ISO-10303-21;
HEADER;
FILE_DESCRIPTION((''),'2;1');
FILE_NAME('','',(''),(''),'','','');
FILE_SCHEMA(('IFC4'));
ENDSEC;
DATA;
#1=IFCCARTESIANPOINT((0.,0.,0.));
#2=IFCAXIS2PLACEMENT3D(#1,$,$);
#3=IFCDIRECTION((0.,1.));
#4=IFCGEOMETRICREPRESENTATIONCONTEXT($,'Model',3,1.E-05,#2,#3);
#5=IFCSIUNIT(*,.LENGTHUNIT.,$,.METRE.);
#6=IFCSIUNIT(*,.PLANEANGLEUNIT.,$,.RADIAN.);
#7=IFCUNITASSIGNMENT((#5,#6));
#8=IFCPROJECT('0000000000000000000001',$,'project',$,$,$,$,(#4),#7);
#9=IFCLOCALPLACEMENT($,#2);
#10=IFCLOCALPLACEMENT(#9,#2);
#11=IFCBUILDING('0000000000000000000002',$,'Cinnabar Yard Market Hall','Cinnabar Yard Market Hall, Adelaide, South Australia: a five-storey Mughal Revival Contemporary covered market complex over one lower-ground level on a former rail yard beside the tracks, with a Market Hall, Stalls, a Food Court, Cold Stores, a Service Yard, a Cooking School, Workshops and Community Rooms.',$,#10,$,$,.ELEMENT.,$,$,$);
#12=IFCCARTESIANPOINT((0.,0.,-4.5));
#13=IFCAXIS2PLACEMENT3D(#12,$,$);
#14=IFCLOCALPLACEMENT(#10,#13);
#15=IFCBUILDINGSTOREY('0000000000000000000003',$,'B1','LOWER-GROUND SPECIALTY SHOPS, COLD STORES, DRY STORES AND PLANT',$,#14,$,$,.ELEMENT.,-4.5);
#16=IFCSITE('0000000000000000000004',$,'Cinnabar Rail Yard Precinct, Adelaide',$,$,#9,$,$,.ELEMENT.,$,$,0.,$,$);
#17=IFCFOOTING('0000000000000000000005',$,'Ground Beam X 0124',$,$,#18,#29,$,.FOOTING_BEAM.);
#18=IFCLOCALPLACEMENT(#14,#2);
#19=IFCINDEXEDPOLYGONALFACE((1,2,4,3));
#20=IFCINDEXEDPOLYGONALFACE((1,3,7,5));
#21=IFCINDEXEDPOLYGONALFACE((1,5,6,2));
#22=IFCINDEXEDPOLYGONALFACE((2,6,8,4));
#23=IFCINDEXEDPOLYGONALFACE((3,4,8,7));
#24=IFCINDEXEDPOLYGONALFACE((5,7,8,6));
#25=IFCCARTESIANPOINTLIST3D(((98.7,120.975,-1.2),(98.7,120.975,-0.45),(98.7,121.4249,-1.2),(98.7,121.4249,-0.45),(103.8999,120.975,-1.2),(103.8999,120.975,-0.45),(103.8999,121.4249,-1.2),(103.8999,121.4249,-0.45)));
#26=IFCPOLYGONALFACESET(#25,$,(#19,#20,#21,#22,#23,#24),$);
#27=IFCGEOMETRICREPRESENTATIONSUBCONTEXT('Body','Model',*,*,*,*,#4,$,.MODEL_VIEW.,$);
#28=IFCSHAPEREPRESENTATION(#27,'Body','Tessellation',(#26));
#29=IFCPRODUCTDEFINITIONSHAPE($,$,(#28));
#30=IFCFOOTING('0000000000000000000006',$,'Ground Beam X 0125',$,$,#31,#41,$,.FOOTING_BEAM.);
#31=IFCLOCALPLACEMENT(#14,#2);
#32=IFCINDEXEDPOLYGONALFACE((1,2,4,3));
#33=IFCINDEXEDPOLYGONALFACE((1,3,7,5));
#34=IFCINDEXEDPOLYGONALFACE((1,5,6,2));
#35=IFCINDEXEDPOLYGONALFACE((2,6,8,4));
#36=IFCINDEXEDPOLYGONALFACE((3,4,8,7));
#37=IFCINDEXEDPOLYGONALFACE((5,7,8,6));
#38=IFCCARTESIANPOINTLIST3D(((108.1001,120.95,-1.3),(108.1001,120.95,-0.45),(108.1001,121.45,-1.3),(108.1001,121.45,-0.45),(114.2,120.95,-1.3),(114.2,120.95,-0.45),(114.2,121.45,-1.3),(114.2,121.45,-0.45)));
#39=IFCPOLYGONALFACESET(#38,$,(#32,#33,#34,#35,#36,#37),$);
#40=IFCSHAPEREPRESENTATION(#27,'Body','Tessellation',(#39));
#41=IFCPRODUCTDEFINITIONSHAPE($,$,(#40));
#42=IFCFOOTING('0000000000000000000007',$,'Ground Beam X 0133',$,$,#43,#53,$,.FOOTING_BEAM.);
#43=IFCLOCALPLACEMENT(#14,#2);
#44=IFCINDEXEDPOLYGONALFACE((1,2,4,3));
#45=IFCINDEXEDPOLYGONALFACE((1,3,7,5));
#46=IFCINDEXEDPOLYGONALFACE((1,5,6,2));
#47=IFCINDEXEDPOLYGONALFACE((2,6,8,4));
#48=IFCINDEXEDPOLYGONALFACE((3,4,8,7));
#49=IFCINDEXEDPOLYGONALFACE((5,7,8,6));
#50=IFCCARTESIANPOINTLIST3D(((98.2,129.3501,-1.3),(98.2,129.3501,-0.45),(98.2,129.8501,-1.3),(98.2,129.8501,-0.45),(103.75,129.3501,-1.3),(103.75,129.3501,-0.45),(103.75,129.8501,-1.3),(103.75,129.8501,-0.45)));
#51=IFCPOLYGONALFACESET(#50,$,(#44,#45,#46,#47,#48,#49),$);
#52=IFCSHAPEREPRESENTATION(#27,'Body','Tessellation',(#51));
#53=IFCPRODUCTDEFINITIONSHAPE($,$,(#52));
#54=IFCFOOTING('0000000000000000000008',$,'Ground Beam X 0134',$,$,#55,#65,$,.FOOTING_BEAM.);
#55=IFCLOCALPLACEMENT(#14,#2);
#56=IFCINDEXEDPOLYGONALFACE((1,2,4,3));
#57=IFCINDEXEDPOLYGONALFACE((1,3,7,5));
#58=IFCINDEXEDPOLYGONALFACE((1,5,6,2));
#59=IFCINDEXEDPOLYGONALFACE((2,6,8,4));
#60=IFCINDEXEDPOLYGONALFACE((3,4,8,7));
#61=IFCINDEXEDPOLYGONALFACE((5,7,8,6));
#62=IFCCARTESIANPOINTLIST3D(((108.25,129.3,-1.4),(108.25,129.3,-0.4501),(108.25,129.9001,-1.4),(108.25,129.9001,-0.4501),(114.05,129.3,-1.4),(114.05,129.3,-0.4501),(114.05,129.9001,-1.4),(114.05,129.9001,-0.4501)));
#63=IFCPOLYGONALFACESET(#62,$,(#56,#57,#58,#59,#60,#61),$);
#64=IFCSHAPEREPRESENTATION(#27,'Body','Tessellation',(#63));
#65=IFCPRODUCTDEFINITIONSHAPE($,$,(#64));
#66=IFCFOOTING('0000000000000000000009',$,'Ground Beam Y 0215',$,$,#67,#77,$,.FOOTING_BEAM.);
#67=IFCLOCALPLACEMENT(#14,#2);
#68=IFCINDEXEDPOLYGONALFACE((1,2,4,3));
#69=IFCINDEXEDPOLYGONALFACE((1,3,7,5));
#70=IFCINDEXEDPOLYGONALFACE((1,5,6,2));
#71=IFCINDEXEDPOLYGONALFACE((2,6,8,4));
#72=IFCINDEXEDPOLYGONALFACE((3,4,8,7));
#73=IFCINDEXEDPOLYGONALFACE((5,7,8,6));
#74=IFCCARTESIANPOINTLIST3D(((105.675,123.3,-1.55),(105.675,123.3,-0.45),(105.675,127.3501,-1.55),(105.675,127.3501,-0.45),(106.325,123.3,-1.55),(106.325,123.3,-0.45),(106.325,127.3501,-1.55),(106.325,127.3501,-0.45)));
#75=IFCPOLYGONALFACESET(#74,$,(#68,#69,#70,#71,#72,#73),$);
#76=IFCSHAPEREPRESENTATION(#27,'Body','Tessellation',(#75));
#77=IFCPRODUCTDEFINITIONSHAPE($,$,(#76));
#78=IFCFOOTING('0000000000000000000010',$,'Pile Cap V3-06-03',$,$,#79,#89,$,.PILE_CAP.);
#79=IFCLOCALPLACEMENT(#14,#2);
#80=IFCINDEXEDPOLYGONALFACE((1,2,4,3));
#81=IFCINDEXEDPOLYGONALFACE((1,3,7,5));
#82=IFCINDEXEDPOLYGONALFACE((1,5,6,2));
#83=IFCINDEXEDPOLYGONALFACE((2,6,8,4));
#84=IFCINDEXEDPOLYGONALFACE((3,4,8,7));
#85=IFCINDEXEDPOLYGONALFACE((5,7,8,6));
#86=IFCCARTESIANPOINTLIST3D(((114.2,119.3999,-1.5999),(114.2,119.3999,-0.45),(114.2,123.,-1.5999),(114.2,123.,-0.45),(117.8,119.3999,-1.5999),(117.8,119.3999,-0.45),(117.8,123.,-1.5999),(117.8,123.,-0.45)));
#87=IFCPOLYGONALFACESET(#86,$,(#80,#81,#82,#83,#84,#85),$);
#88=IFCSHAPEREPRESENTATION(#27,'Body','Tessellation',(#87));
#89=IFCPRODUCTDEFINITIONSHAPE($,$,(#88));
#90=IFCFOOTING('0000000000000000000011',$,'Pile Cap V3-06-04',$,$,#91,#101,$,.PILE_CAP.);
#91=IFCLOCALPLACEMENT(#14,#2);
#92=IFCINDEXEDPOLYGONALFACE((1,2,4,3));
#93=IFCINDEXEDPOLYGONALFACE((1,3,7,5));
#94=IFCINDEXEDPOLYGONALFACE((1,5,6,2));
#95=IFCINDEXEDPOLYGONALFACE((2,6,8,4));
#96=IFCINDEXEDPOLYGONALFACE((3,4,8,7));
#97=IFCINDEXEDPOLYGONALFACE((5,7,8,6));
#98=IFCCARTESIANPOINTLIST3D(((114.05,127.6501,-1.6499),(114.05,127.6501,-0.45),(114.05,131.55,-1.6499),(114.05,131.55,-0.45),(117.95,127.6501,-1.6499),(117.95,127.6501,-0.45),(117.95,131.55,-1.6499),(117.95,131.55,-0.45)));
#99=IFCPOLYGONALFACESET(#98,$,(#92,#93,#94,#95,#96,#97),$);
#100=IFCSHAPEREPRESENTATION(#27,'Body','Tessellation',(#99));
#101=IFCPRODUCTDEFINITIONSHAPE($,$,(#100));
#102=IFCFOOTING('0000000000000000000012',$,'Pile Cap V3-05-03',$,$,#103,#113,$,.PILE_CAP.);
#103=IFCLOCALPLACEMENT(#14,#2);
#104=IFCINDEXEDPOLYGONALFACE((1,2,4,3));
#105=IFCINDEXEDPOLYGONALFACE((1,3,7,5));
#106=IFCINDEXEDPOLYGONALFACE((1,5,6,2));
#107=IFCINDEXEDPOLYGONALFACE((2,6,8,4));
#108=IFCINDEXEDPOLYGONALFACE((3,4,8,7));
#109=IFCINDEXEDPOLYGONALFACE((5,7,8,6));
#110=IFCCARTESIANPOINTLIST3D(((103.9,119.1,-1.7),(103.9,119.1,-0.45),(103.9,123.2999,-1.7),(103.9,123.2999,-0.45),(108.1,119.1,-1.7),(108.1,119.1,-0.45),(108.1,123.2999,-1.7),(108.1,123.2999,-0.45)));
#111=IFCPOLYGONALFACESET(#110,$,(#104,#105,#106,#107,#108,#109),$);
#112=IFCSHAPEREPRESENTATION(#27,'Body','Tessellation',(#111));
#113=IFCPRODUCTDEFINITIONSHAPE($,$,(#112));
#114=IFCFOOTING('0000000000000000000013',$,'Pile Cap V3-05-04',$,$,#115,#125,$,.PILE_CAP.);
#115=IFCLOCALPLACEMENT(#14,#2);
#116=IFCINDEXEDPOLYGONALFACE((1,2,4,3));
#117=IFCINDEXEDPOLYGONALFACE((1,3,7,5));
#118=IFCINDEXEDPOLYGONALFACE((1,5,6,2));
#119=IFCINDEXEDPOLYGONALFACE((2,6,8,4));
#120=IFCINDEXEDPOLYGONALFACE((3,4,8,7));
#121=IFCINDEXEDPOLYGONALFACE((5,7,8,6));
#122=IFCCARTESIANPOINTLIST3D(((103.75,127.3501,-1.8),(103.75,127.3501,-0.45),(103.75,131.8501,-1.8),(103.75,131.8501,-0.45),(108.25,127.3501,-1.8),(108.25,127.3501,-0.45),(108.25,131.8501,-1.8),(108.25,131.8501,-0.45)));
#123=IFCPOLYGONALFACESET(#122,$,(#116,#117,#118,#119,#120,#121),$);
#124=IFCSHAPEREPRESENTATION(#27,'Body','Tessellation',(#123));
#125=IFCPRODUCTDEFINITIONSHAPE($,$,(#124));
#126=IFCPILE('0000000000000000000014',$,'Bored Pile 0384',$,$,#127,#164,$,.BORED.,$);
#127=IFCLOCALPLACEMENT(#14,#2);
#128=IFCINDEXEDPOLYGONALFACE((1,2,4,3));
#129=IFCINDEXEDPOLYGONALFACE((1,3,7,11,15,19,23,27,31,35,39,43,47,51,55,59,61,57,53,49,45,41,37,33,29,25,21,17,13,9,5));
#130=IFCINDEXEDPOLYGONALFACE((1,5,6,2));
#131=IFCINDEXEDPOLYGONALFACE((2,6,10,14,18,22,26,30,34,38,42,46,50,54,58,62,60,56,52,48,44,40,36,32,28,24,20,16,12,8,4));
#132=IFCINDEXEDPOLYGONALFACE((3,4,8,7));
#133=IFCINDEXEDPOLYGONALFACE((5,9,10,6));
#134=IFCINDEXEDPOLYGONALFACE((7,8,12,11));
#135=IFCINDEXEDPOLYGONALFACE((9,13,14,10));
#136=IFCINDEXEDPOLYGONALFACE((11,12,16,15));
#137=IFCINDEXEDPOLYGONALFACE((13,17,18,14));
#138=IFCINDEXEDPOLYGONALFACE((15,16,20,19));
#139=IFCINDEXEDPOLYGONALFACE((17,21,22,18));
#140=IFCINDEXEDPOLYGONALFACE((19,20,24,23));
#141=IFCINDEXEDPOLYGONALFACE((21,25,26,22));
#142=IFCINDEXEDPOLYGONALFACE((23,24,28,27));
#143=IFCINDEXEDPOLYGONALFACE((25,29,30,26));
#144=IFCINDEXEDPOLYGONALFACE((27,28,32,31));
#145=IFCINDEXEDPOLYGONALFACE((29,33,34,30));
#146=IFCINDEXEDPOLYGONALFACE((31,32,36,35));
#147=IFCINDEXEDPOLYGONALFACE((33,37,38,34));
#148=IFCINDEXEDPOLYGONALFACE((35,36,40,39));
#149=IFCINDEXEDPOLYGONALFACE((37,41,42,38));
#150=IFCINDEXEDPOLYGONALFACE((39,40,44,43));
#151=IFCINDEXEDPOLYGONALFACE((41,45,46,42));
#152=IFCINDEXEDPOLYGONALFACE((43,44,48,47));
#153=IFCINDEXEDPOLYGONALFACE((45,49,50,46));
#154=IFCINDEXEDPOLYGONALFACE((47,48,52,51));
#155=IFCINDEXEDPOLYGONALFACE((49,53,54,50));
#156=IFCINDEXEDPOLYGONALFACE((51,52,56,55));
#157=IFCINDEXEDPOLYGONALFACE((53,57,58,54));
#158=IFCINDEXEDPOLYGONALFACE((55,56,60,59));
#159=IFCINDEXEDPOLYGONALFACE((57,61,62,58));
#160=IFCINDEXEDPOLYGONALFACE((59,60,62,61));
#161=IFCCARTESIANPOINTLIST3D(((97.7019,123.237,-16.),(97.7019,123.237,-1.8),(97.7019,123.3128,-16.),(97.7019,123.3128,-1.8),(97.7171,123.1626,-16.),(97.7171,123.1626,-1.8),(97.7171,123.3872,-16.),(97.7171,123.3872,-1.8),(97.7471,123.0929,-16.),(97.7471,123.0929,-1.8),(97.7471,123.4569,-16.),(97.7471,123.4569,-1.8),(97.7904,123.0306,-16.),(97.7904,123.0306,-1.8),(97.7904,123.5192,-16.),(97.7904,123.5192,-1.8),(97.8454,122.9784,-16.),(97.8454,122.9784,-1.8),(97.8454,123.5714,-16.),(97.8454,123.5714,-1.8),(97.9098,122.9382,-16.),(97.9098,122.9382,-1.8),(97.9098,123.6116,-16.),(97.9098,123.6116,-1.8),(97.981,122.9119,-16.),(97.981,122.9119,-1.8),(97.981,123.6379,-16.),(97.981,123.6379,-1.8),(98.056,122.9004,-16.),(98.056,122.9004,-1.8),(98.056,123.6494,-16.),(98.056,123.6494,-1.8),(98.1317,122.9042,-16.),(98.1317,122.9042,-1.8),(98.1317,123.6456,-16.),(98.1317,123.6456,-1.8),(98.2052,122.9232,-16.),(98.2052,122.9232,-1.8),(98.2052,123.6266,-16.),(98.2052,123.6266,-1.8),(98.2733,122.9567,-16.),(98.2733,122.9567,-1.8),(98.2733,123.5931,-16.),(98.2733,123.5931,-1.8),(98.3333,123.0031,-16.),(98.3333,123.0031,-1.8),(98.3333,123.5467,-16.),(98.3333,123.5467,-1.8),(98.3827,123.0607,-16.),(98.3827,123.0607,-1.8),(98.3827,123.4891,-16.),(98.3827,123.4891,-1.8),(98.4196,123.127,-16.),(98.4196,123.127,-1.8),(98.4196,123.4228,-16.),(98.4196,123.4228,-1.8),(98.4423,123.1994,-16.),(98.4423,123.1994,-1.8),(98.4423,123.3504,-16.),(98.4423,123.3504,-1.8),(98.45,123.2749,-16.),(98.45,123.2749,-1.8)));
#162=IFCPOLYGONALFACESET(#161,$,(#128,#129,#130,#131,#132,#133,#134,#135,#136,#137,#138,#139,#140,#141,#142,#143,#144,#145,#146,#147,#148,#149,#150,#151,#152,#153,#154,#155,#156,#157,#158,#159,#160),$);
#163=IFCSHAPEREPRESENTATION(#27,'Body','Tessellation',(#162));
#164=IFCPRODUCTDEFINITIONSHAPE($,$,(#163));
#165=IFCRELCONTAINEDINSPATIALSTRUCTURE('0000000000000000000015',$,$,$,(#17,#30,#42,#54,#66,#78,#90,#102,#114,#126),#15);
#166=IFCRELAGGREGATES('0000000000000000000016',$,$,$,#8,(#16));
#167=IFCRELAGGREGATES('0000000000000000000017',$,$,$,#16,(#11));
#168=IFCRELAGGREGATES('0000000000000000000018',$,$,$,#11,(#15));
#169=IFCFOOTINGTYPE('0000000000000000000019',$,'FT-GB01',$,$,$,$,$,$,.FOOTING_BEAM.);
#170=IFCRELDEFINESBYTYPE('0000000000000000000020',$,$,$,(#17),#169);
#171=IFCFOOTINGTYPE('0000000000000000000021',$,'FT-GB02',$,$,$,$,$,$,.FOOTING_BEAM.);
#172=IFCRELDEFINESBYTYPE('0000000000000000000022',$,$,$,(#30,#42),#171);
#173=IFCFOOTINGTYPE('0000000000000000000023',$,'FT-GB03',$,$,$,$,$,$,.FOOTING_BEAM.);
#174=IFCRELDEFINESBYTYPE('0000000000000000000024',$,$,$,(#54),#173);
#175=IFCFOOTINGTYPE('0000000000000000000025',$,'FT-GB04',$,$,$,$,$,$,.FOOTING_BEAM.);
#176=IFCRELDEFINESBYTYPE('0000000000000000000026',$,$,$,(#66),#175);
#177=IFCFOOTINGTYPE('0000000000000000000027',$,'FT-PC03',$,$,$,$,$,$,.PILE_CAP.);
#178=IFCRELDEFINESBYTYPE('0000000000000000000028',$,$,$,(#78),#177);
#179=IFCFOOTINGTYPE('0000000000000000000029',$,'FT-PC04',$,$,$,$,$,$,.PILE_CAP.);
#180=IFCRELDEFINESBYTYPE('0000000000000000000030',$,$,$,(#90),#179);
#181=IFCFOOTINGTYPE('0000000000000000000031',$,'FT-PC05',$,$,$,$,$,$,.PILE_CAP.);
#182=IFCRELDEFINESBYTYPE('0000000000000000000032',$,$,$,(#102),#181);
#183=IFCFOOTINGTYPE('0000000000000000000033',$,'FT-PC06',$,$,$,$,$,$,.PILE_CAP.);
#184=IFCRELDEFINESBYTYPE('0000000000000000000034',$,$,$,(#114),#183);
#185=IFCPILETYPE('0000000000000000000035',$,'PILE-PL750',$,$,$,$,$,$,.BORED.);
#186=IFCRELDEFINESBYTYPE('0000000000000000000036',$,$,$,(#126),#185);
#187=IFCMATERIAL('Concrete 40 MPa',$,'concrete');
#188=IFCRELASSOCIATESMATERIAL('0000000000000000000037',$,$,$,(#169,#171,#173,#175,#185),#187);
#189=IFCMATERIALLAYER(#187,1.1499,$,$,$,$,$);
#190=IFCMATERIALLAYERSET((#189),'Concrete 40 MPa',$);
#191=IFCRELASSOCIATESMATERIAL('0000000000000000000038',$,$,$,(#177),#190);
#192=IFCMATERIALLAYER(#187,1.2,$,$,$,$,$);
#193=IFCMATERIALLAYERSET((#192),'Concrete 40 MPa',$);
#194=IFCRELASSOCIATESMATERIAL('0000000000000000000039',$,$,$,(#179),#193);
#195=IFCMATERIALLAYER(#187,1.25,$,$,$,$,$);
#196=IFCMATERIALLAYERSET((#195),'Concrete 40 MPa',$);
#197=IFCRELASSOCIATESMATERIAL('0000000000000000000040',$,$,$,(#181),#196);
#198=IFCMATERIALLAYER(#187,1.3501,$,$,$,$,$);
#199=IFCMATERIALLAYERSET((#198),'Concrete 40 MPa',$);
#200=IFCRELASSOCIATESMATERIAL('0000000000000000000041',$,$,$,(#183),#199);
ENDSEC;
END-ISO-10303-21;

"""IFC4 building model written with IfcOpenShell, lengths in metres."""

from ifc_helpers import new_model, si_unit, direction, frame, origin, origin_2d_with_axis, place, context, subcontext, project, spatial, rectangle, circle, extrude, material, layer, layer_set, material_profile, profile_set, type_object, element, save


model = new_model("IFC4")

# Units and contexts
model_context = context("Model", 3, precision=1e-05, world=origin(), true_north=direction((0.0, 1.0)))
body_context = subcontext(model_context, "Body", "Model", "MODEL_VIEW")
ifc_project = project(units=[si_unit("LENGTHUNIT", "METRE"), si_unit("PLANEANGLEUNIT", "RADIAN")], contexts=[model_context])

# Site, building, storey
site_placement = place(None, origin())
site = spatial("IfcSite", under=ifc_project, at=site_placement, Name="Cinnabar Rail Yard Precinct, Adelaide", CompositionType="ELEMENT", RefElevation=0.0)
building_placement = place(site_placement, origin())
building = spatial("IfcBuilding", under=site, at=building_placement, Name="Cinnabar Yard Market Hall", Description="Cinnabar Yard Market Hall, Adelaide, South Australia: a five-storey Mughal Revival Contemporary covered market complex over one lower-ground level on a former rail yard beside the tracks, with a Market Hall, Stalls, a Food Court, Cold Stores, a Service Yard, a Cooking School, Workshops and Community Rooms.", CompositionType="ELEMENT")
storey_placement = place(building_placement, frame((0.0, 0.0, -4.5)))
storey = spatial("IfcBuildingStorey", under=building, at=storey_placement, Name="B1", Description="LOWER-GROUND SPECIALTY SHOPS, COLD STORES, DRY STORES AND PLANT", CompositionType="ELEMENT", Elevation=-4.5)

# Footings
ifc_material_1 = material(Name="Concrete 40 MPa", Category="concrete")
ifc_material_profile_1 = material_profile(ifc_material_1, rectangle(XDim=0.45, YDim=0.75, at=origin_2d_with_axis()), Name="GB-450x750")
ifc_profile_set_1 = profile_set([ifc_material_profile_1], Name="Concrete 40 MPa")
footing_type_1 = type_object("IfcFootingType", Name="FT-GB01", PredefinedType="FOOTING_BEAM", material=ifc_profile_set_1)
footing_1_placement = place(storey_placement, frame((98.7, 121.2, -0.825), z_axis=(1.0, 0.0, 0.0), x_axis=(0.0, 1.0, 0.0)))
element("IfcFooting", 1, at=footing_1_placement, inside=storey, type_object=footing_type_1, Name="Ground Beam X 0124", PredefinedType="FOOTING_BEAM", context=body_context, shape_type="SweptSolid", body=[
    extrude(rectangle(XDim=0.45, YDim=0.75, at=origin_2d_with_axis()), origin(), (0.0, 0.0, 1.0), 5.2),
])
ifc_material_profile_2 = material_profile(ifc_material_1, rectangle(XDim=0.5, YDim=0.8501, at=origin_2d_with_axis()), Name="GB-500x850")
ifc_profile_set_2 = profile_set([ifc_material_profile_2], Name="Concrete 40 MPa")
footing_type_2 = type_object("IfcFootingType", Name="FT-GB02", PredefinedType="FOOTING_BEAM", material=ifc_profile_set_2)
footing_2_placement = place(storey_placement, frame((108.1001, 121.2, -0.875), z_axis=(1.0, 0.0, 0.0), x_axis=(0.0, 1.0, 0.0)))
element("IfcFooting", 2, at=footing_2_placement, inside=storey, type_object=footing_type_2, Name="Ground Beam X 0125", PredefinedType="FOOTING_BEAM", context=body_context, shape_type="SweptSolid", body=[
    extrude(rectangle(XDim=0.5, YDim=0.8501, at=origin_2d_with_axis()), origin(), (0.0, 0.0, 1.0), 6.0999),
])
footing_3_placement = place(storey_placement, frame((98.2, 129.6001, -0.875), z_axis=(1.0, 0.0, 0.0), x_axis=(0.0, 1.0, 0.0)))
element("IfcFooting", 3, at=footing_3_placement, inside=storey, type_object=footing_type_2, Name="Ground Beam X 0133", PredefinedType="FOOTING_BEAM", context=body_context, shape_type="SweptSolid", body=[
    extrude(rectangle(XDim=0.5, YDim=0.8501, at=origin_2d_with_axis()), origin(), (0.0, 0.0, 1.0), 5.55),
])
ifc_material_profile_3 = material_profile(ifc_material_1, rectangle(XDim=0.6001, YDim=0.95, at=origin_2d_with_axis()), Name="GB-600x950")
ifc_profile_set_3 = profile_set([ifc_material_profile_3], Name="Concrete 40 MPa")
footing_type_3 = type_object("IfcFootingType", Name="FT-GB03", PredefinedType="FOOTING_BEAM", material=ifc_profile_set_3)
footing_4_placement = place(storey_placement, frame((108.25, 129.6001, -0.925), z_axis=(1.0, 0.0, 0.0), x_axis=(0.0, 1.0, 0.0)))
element("IfcFooting", 4, at=footing_4_placement, inside=storey, type_object=footing_type_3, Name="Ground Beam X 0134", PredefinedType="FOOTING_BEAM", context=body_context, shape_type="SweptSolid", body=[
    extrude(rectangle(XDim=0.6001, YDim=0.95, at=origin_2d_with_axis()), origin(), (0.0, 0.0, 1.0), 5.8),
])
ifc_material_profile_4 = material_profile(ifc_material_1, rectangle(XDim=0.6499, YDim=1.1001, at=origin_2d_with_axis()), Name="GB-650x1100")
ifc_profile_set_4 = profile_set([ifc_material_profile_4], Name="Concrete 40 MPa")
footing_type_4 = type_object("IfcFootingType", Name="FT-GB04", PredefinedType="FOOTING_BEAM", material=ifc_profile_set_4)
footing_5_placement = place(storey_placement, frame((106.0, 123.3, -1.0), z_axis=(0.0, 1.0, 0.0), x_axis=(-1.0, 0.0, 0.0)))
element("IfcFooting", 5, at=footing_5_placement, inside=storey, type_object=footing_type_4, Name="Ground Beam Y 0215", PredefinedType="FOOTING_BEAM", context=body_context, shape_type="SweptSolid", body=[
    extrude(rectangle(XDim=0.6499, YDim=1.1001, at=origin_2d_with_axis()), origin(), (0.0, 0.0, 1.0), 4.05),
])
ifc_layer_1 = layer(ifc_material_1, 1.1499)
ifc_layer_set_1 = layer_set([ifc_layer_1], Name="Concrete 40 MPa")
footing_type_5 = type_object("IfcFootingType", Name="FT-PC03", PredefinedType="PILE_CAP", material=ifc_layer_set_1)
footing_6_placement = place(storey_placement, frame((116.0, 121.2, -1.5999), z_axis=(0.0, 0.0, 1.0), x_axis=(1.0, 0.0, 0.0)))
element("IfcFooting", 6, at=footing_6_placement, inside=storey, type_object=footing_type_5, Name="Pile Cap V3-06-03", PredefinedType="PILE_CAP", context=body_context, shape_type="SweptSolid", body=[
    extrude(rectangle(XDim=3.6001, YDim=3.6001, at=origin_2d_with_axis()), origin(), (0.0, 0.0, 1.0), 1.1499),
])
ifc_layer_2 = layer(ifc_material_1, 1.2)
ifc_layer_set_2 = layer_set([ifc_layer_2], Name="Concrete 40 MPa")
footing_type_6 = type_object("IfcFootingType", Name="FT-PC04", PredefinedType="PILE_CAP", material=ifc_layer_set_2)
footing_7_placement = place(storey_placement, frame((116.0, 129.6001, -1.6499), z_axis=(0.0, 0.0, 1.0), x_axis=(1.0, 0.0, 0.0)))
element("IfcFooting", 7, at=footing_7_placement, inside=storey, type_object=footing_type_6, Name="Pile Cap V3-06-04", PredefinedType="PILE_CAP", context=body_context, shape_type="SweptSolid", body=[
    extrude(rectangle(XDim=3.8999, YDim=3.8999, at=origin_2d_with_axis()), origin(), (0.0, 0.0, 1.0), 1.2),
])
ifc_layer_3 = layer(ifc_material_1, 1.25)
ifc_layer_set_3 = layer_set([ifc_layer_3], Name="Concrete 40 MPa")
footing_type_7 = type_object("IfcFootingType", Name="FT-PC05", PredefinedType="PILE_CAP", material=ifc_layer_set_3)
footing_8_placement = place(storey_placement, frame((106.0, 121.2, -1.7), z_axis=(0.0, 0.0, 1.0), x_axis=(1.0, 0.0, 0.0)))
element("IfcFooting", 8, at=footing_8_placement, inside=storey, type_object=footing_type_7, Name="Pile Cap V3-05-03", PredefinedType="PILE_CAP", context=body_context, shape_type="SweptSolid", body=[
    extrude(rectangle(XDim=4.2, YDim=4.2, at=origin_2d_with_axis()), origin(), (0.0, 0.0, 1.0), 1.25),
])
ifc_layer_4 = layer(ifc_material_1, 1.3501)
ifc_layer_set_4 = layer_set([ifc_layer_4], Name="Concrete 40 MPa")
footing_type_8 = type_object("IfcFootingType", Name="FT-PC06", PredefinedType="PILE_CAP", material=ifc_layer_set_4)
footing_9_placement = place(storey_placement, frame((106.0, 129.6001, -1.8), z_axis=(0.0, 0.0, 1.0), x_axis=(1.0, 0.0, 0.0)))
element("IfcFooting", 9, at=footing_9_placement, inside=storey, type_object=footing_type_8, Name="Pile Cap V3-05-04", PredefinedType="PILE_CAP", context=body_context, shape_type="SweptSolid", body=[
    extrude(rectangle(XDim=4.5, YDim=4.5, at=origin_2d_with_axis()), origin(), (0.0, 0.0, 1.0), 1.3501),
])

# Pile
ifc_material_profile_5 = material_profile(ifc_material_1, circle(Radius=0.375, at=origin_2d_with_axis()), Name="PILE-D750")
ifc_profile_set_5 = profile_set([ifc_material_profile_5], Name="Concrete 40 MPa")
pile_type_1 = type_object("IfcPileType", Name="PILE-PL750", PredefinedType="BORED", material=ifc_profile_set_5)
pile_placement = place(storey_placement, frame((98.075, 123.2749, -1.8), z_axis=(0.0, 0.0, -1.0), x_axis=(1.0, 0.0, 0.0)))
element("IfcPile", 10, at=pile_placement, inside=storey, type_object=pile_type_1, Name="Bored Pile 0384", PredefinedType="BORED", context=body_context, shape_type="SweptSolid", body=[
    extrude(circle(Radius=0.375, at=origin_2d_with_axis()), origin(), (0.0, 0.0, 1.0), 14.2),
])

save(model, "model.ifc")
